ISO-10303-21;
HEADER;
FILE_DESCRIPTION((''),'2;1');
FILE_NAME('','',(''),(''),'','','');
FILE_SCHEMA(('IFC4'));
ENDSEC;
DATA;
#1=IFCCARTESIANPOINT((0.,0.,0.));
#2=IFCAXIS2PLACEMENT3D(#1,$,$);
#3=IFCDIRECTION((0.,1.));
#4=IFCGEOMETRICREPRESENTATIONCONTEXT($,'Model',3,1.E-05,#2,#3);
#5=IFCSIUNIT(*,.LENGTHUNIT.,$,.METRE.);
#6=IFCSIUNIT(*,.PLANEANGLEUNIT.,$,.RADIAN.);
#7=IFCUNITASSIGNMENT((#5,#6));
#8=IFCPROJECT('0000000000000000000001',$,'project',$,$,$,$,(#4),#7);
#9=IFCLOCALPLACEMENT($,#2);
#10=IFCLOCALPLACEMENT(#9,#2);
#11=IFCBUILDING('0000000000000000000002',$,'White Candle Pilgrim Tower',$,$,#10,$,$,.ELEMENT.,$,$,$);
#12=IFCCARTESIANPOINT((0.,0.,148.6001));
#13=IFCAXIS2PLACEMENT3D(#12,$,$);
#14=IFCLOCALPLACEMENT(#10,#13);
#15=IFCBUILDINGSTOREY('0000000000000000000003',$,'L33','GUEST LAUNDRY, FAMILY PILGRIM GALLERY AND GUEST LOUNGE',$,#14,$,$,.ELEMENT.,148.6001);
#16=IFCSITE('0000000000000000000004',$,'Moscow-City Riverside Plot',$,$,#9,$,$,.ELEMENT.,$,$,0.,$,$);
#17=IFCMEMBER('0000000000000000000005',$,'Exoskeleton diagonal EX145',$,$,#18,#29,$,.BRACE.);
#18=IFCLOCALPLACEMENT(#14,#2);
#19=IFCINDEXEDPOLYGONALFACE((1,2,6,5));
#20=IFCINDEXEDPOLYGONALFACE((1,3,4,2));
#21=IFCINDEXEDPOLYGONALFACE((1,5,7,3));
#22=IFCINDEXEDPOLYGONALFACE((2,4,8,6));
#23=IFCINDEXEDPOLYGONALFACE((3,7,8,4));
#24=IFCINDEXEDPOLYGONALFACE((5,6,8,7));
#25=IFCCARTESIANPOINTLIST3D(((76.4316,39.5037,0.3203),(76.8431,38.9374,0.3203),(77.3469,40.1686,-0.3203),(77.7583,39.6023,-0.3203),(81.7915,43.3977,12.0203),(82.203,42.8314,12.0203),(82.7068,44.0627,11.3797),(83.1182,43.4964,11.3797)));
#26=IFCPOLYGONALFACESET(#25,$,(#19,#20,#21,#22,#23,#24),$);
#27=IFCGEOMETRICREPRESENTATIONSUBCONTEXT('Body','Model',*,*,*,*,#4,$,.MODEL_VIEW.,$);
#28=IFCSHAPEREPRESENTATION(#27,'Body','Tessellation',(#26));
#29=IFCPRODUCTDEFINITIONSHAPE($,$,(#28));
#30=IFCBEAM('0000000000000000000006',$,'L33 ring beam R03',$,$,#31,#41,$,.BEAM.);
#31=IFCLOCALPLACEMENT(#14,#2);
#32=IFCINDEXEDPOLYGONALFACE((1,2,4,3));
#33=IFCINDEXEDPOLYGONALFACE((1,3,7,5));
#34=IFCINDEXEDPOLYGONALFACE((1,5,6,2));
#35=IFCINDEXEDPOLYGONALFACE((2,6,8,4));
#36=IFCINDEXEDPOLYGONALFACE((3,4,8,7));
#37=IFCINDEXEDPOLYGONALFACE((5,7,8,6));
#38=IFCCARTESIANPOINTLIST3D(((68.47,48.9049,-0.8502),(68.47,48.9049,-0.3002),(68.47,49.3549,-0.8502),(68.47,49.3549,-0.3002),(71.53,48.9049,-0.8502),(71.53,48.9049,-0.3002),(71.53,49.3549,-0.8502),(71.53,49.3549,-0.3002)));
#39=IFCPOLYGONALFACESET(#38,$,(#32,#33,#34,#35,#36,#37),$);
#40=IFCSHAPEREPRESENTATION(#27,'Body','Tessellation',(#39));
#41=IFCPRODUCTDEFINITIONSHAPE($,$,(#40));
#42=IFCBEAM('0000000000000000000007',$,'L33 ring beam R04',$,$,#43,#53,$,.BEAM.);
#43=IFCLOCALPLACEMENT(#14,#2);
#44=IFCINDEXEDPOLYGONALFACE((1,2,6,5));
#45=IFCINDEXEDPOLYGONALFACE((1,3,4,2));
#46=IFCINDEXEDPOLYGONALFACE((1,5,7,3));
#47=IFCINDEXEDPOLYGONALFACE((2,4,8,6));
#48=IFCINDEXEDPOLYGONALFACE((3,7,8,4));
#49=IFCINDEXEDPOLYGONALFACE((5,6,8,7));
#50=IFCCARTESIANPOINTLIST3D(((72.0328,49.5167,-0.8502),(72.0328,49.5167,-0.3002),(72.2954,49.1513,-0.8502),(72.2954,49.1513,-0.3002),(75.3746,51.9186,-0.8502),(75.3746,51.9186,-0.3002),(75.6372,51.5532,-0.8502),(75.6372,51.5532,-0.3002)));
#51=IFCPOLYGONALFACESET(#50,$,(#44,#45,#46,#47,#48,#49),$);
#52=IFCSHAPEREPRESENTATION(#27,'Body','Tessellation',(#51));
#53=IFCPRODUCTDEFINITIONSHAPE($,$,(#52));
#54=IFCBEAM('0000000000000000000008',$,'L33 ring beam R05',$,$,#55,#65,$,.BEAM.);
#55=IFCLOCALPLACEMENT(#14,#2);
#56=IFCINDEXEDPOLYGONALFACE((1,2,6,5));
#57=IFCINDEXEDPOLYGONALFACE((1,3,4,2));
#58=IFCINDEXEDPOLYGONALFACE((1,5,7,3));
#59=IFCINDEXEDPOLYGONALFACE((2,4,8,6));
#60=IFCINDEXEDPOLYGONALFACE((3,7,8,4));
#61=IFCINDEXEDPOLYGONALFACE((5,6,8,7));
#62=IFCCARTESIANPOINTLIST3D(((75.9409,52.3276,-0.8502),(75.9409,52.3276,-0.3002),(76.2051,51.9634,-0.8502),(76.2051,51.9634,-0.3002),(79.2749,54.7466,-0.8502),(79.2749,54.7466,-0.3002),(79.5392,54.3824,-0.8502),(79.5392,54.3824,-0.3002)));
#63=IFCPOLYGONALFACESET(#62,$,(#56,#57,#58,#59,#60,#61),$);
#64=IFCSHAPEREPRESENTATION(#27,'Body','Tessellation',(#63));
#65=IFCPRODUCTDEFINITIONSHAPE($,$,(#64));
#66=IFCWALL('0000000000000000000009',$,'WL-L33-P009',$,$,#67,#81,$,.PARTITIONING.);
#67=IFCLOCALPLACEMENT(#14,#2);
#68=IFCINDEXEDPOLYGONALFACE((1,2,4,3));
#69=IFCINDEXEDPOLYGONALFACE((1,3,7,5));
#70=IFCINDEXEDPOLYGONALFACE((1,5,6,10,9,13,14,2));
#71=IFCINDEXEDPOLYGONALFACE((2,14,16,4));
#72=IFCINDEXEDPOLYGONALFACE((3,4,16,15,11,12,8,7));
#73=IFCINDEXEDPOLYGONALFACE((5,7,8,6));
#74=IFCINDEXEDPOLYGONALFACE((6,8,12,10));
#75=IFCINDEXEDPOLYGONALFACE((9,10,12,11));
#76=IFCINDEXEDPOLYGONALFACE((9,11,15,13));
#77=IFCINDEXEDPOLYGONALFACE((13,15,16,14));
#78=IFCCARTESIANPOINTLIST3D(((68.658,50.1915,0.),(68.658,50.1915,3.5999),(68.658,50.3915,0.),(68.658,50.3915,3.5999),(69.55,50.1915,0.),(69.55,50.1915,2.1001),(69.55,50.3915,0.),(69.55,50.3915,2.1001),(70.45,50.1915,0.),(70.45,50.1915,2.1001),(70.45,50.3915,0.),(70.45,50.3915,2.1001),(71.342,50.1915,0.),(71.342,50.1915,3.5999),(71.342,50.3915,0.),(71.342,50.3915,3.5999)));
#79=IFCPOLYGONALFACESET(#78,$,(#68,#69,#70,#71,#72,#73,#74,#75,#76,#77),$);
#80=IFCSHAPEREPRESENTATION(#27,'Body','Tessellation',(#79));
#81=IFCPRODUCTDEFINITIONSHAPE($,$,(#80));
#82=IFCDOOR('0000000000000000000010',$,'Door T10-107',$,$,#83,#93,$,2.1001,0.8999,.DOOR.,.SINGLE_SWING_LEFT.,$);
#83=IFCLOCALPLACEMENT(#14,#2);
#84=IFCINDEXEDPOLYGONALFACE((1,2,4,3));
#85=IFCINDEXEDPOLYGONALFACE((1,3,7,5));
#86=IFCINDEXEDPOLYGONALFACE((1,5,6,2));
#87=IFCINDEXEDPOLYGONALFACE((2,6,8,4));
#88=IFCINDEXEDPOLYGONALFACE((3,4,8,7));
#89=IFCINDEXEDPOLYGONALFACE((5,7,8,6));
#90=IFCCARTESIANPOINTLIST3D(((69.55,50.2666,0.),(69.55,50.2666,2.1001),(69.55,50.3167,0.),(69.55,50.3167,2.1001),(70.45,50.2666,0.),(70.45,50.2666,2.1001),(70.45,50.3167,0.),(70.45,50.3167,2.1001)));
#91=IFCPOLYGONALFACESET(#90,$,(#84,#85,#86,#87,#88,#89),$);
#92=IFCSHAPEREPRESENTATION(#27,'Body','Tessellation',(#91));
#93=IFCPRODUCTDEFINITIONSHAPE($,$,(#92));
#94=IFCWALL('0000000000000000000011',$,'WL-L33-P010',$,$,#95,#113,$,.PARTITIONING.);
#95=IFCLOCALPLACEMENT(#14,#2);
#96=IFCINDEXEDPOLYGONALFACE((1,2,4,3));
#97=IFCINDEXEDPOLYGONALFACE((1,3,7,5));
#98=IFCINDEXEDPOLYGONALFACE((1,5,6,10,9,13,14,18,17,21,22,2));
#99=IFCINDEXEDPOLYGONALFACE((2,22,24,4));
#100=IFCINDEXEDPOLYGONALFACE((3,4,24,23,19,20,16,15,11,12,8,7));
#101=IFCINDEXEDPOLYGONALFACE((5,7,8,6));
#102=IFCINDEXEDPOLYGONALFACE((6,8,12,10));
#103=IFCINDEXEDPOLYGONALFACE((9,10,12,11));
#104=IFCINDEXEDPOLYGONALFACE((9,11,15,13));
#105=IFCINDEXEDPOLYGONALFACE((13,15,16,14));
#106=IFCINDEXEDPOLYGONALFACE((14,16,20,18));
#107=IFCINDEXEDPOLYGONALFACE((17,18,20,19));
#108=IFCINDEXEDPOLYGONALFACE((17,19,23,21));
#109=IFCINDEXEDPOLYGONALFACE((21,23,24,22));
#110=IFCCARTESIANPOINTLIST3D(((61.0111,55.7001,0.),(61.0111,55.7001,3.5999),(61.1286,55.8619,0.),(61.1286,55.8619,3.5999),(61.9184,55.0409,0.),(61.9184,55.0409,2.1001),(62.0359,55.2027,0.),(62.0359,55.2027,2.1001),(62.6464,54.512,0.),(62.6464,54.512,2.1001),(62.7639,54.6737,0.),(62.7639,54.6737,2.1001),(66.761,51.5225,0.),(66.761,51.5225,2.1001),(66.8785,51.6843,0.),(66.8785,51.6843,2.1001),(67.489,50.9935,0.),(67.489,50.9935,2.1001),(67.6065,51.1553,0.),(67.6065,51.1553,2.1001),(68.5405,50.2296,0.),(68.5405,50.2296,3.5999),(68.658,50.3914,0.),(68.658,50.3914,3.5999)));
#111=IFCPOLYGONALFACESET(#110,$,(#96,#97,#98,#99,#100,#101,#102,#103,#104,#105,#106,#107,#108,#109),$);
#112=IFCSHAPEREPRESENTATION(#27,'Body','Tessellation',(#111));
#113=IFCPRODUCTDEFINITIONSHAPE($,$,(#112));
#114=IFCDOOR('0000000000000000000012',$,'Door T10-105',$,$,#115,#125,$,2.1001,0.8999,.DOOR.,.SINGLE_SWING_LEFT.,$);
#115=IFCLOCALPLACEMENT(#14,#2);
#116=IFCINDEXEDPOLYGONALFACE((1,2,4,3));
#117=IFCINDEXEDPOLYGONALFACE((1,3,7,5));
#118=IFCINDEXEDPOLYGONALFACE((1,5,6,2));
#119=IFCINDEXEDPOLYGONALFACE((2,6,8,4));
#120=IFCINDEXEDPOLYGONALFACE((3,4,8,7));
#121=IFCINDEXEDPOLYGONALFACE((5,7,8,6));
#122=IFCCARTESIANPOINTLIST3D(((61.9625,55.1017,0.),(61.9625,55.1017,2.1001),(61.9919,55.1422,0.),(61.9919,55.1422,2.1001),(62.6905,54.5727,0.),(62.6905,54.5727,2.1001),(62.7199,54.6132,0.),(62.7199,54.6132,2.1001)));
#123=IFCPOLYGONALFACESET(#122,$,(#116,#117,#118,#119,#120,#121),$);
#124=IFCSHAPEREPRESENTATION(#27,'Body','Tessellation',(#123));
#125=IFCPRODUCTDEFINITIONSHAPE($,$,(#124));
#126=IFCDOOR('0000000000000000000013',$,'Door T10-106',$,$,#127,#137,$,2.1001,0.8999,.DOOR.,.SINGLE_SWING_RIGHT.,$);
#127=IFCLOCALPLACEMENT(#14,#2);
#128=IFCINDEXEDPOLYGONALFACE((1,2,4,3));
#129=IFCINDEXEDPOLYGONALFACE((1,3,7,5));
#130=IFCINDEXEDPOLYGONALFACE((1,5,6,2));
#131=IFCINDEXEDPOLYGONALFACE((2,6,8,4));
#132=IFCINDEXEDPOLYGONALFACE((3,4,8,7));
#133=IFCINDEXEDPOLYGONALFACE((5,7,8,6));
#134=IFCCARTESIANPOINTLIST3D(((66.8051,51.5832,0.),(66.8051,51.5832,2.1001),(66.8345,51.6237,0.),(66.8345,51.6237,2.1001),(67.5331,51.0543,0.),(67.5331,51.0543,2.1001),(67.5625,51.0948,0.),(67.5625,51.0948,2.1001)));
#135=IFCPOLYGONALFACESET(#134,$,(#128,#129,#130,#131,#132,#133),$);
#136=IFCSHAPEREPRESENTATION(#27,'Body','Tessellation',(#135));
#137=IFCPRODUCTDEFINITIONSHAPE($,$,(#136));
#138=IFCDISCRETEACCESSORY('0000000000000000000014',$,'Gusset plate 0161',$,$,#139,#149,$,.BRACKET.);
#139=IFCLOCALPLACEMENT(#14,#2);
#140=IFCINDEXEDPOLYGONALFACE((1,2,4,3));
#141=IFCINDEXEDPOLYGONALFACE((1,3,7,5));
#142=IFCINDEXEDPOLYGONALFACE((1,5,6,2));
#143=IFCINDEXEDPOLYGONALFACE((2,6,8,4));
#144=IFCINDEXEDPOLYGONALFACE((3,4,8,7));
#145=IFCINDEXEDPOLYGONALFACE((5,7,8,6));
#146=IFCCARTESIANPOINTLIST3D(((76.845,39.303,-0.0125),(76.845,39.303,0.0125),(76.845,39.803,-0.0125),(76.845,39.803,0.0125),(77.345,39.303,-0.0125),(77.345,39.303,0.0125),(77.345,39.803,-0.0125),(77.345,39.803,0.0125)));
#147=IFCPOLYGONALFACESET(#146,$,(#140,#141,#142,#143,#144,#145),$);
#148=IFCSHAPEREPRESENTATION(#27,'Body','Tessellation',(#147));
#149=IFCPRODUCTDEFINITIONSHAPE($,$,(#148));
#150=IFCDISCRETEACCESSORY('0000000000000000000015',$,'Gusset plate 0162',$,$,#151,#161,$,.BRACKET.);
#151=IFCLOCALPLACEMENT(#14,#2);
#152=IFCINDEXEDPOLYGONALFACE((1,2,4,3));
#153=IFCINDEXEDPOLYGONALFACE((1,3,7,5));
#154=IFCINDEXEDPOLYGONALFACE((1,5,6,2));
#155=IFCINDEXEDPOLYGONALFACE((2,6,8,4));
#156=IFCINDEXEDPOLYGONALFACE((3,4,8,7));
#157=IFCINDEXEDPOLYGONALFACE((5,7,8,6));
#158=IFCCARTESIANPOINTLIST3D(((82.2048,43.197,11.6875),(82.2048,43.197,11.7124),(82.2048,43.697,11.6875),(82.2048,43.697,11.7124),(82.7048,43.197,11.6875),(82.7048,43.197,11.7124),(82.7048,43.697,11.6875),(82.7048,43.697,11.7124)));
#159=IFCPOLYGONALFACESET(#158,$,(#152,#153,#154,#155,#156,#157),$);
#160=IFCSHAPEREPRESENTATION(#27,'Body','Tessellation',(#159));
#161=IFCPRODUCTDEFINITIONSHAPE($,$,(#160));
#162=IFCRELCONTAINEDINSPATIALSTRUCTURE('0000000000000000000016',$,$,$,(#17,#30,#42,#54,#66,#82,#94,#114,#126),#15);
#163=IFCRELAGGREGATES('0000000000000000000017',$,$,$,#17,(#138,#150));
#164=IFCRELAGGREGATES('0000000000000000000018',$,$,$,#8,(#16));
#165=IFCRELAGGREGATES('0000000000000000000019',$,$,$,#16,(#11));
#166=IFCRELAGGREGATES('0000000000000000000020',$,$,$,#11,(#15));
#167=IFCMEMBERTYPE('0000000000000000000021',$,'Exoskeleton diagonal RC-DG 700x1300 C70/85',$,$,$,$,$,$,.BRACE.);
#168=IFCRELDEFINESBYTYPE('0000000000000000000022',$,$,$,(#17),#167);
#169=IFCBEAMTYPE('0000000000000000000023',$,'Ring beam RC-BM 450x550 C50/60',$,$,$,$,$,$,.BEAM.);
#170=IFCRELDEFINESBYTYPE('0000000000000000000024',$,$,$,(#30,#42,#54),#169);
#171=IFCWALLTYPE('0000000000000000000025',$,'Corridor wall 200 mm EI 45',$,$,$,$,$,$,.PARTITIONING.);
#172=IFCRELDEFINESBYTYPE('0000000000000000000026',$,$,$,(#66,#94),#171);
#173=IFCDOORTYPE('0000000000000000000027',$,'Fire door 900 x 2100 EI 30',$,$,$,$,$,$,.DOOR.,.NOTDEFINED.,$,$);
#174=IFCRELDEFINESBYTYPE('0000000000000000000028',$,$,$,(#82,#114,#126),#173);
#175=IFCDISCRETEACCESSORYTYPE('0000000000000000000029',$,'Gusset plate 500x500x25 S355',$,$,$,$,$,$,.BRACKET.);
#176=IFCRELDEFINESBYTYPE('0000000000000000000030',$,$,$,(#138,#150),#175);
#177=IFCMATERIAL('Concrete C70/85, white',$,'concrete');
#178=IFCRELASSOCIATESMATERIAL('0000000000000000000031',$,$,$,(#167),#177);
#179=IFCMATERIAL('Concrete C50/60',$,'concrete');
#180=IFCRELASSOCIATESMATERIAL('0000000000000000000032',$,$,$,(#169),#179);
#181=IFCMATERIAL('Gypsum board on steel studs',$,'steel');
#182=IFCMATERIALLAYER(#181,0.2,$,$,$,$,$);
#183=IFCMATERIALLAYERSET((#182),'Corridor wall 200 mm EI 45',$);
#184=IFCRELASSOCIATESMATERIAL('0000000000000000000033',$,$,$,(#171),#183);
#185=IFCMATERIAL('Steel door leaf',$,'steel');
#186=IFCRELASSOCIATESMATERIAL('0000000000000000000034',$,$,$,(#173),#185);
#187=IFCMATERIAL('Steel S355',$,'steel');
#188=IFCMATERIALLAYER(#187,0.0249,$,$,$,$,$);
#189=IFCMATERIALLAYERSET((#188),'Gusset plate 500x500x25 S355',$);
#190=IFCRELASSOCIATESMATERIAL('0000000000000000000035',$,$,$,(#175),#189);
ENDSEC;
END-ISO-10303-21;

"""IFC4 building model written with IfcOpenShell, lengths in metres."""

from ifc_helpers import new_model, si_unit, direction, frame, frame_2d, origin, origin_2d, place, context, subcontext, project, spatial, rectangle, extrude, material, layer, layer_set, material_profile, profile_set, type_object, element, fill, aggregate, save


model = new_model("IFC4")

# Units and contexts
model_context = context("Model", 3, precision=1e-05, world=origin(), true_north=direction((0.0, 1.0)))
body_context = subcontext(model_context, "Body", "Model", "MODEL_VIEW")
ifc_project = project(units=[si_unit("LENGTHUNIT", "METRE"), si_unit("PLANEANGLEUNIT", "RADIAN")], contexts=[model_context])

# Site, building, storey
site_placement = place(None, origin())
site = spatial("IfcSite", under=ifc_project, at=site_placement, Name="Moscow-City Riverside Plot", CompositionType="ELEMENT", RefElevation=0.0)
building_placement = place(site_placement, origin())
building = spatial("IfcBuilding", under=site, at=building_placement, Name="White Candle Pilgrim Tower", CompositionType="ELEMENT")
storey_placement = place(building_placement, frame((0.0, 0.0, 148.6001)))
storey = spatial("IfcBuildingStorey", under=building, at=storey_placement, Name="L33", Description="GUEST LAUNDRY, FAMILY PILGRIM GALLERY AND GUEST LOUNGE", CompositionType="ELEMENT", Elevation=148.6001)

# Member
ifc_material_1 = material(Name="Concrete C70/85, white", Category="concrete")
ifc_material_profile_1 = material_profile(ifc_material_1, rectangle(XDim=0.7, YDim=1.3, at=origin_2d()), Name="RC-DG 700x1300")
ifc_profile_set_1 = profile_set([ifc_material_profile_1], Name="Concrete C70/85, white")
member_type = type_object("IfcMemberType", Name="Exoskeleton diagonal RC-DG 700x1300 C70/85", PredefinedType="BRACE", material=ifc_profile_set_1)
member_placement = place(storey_placement, frame((77.095, 39.553, 0.0), z_axis=(0.398637, 0.289618, 0.870178), x_axis=(-0.587773, 0.809026, 0.0)))
member = element("IfcMember", 1, at=member_placement, inside=storey, type_object=member_type, Name="Exoskeleton diagonal EX145", PredefinedType="BRACE", context=body_context, shape_type="SweptSolid", body=[
    extrude(rectangle(XDim=0.7, YDim=1.3, at=origin_2d()), origin(), (0.0, 0.0, 1.0), 13.4456),
])

# Beams
ifc_material_2 = material(Name="Concrete C50/60", Category="concrete")
ifc_material_profile_2 = material_profile(ifc_material_2, rectangle(XDim=0.45, YDim=0.55, at=origin_2d()), Name="RC-BM 450x550")
ifc_profile_set_2 = profile_set([ifc_material_profile_2], Name="Concrete C50/60")
beam_type = type_object("IfcBeamType", Name="Ring beam RC-BM 450x550 C50/60", PredefinedType="BEAM", material=ifc_profile_set_2)
beam_1_placement = place(storey_placement, frame((68.47, 49.1299, -0.5752), z_axis=(1.0, 0.0, 0.0), x_axis=(0.0, 1.0, 0.0)))
element("IfcBeam", 2, at=beam_1_placement, inside=storey, type_object=beam_type, Name="L33 ring beam R03", PredefinedType="BEAM", context=body_context, shape_type="SweptSolid", body=[
    extrude(rectangle(XDim=0.45, YDim=0.55, at=origin_2d()), origin(), (0.0, 0.0, 1.0), 3.0601),
])
beam_2_placement = place(storey_placement, frame((72.1641, 49.334, -0.5752), z_axis=(0.812022, 0.583626, 0.0), x_axis=(-0.583626, 0.812022, 0.0)))
element("IfcBeam", 3, at=beam_2_placement, inside=storey, type_object=beam_type, Name="L33 ring beam R04", PredefinedType="BEAM", context=body_context, shape_type="SweptSolid", body=[
    extrude(rectangle(XDim=0.45, YDim=0.55, at=origin_2d()), origin(), (0.0, 0.0, 1.0), 4.1155),
])
beam_3_placement = place(storey_placement, frame((76.073, 52.1455, -0.5752), z_axis=(0.809402, 0.587255, 0.0), x_axis=(-0.587255, 0.809402, 0.0)))
element("IfcBeam", 4, at=beam_3_placement, inside=storey, type_object=beam_type, Name="L33 ring beam R05", PredefinedType="BEAM", context=body_context, shape_type="SweptSolid", body=[
    extrude(rectangle(XDim=0.45, YDim=0.55, at=origin_2d()), origin(), (0.0, 0.0, 1.0), 4.1191),
])

# Wall, opening, door
ifc_material_3 = material(Name="Gypsum board on steel studs", Category="steel")
ifc_layer_1 = layer(ifc_material_3, 0.2)
ifc_layer_set_1 = layer_set([ifc_layer_1], Name="Corridor wall 200 mm EI 45")
wall_type_1 = type_object("IfcWallType", Name="Corridor wall 200 mm EI 45", PredefinedType="PARTITIONING", material=ifc_layer_set_1)
wall_1_placement = place(storey_placement, frame((71.342, 50.2915, 0.0), z_axis=(0.0, 0.0, 1.0), x_axis=(-1.0, 0.0, 0.0)))
wall_1 = element("IfcWall", 5, at=wall_1_placement, inside=storey, type_object=wall_type_1, Name="WL-L33-P009", PredefinedType="PARTITIONING", context=body_context, shape_type="SweptSolid", body=[
    extrude(rectangle(XDim=2.6841, YDim=0.2, at=frame_2d((1.342, 0.0))), origin(), (0.0, 0.0, 1.0), 3.5999),
])
opening_1_placement = place(wall_1_placement, frame((0.8921, 0.0, 0.0)))
opening_1 = element("IfcOpeningElement", 6, at=opening_1_placement, cuts=wall_1, PredefinedType="OPENING", context=body_context, shape_type="SweptSolid", body=[
    extrude(rectangle(XDim=0.8999, YDim=2.1001, at=frame_2d((0.45, 1.05))), frame((0.0, 0.1099, 0.0), z_axis=(0.0, -1.0, 0.0), x_axis=(1.0, 0.0, 0.0)), (0.0, 0.0, 1.0), 0.22),
])
ifc_material_4 = material(Name="Steel door leaf", Category="steel")
door_type = type_object("IfcDoorType", Name="Fire door 900 x 2100 EI 30", OperationType="NOTDEFINED", PredefinedType="DOOR", material=ifc_material_4)
door_1_placement = place(opening_1_placement, origin())
door_1 = element("IfcDoor", 7, at=door_1_placement, inside=storey, type_object=door_type, Name="Door T10-107", OperationType="SINGLE_SWING_LEFT", OverallHeight=2.1001, OverallWidth=0.8999, PredefinedType="DOOR", context=body_context, shape_type="SweptSolid", body=[
    extrude(rectangle(XDim=0.8999, YDim=2.1001, at=frame_2d((0.45, 1.05))), frame((0.0, 0.0249, 0.0), z_axis=(0.0, -1.0, 0.0), x_axis=(1.0, 0.0, 0.0)), (0.0, 0.0, 1.0), 0.05),
])
fill(opening_1, door_1)

# Wall, openings, doors
wall_2_placement = place(storey_placement, frame((68.5991, 50.3105, 0.0), z_axis=(0.0, 0.0, 1.0), x_axis=(-0.809012, 0.587793, 0.0)))
wall_2 = element("IfcWall", 8, at=wall_2_placement, inside=storey, type_object=wall_type_1, Name="WL-L33-P010", PredefinedType="PARTITIONING", context=body_context, shape_type="SweptSolid", body=[
    extrude(rectangle(XDim=9.3069, YDim=0.2, at=frame_2d((4.6533, 0.0))), origin(), (0.0, 0.0, 1.0), 3.5999),
])
opening_2_placement = place(wall_2_placement, frame((7.2854, 0.0, 0.0)))
opening_2 = element("IfcOpeningElement", 9, at=opening_2_placement, cuts=wall_2, PredefinedType="OPENING", context=body_context, shape_type="SweptSolid", body=[
    extrude(rectangle(XDim=0.8999, YDim=2.1001, at=frame_2d((0.45, 1.05))), frame((0.0, 0.1099, 0.0), z_axis=(0.0, -1.0, 0.0), x_axis=(1.0, 0.0, 0.0)), (0.0, 0.0, 1.0), 0.22),
])
opening_3_placement = place(wall_2_placement, frame((1.2996, 0.0, 0.0)))
opening_3 = element("IfcOpeningElement", 10, at=opening_3_placement, cuts=wall_2, PredefinedType="OPENING", context=body_context, shape_type="SweptSolid", body=[
    extrude(rectangle(XDim=0.8999, YDim=2.1001, at=frame_2d((0.45, 1.05))), frame((0.0, 0.1099, 0.0), z_axis=(0.0, -1.0, 0.0), x_axis=(1.0, 0.0, 0.0)), (0.0, 0.0, 1.0), 0.22),
])
door_2_placement = place(opening_2_placement, origin())
door_2 = element("IfcDoor", 11, at=door_2_placement, inside=storey, type_object=door_type, Name="Door T10-105", OperationType="SINGLE_SWING_LEFT", OverallHeight=2.1001, OverallWidth=0.8999, PredefinedType="DOOR", context=body_context, shape_type="SweptSolid", body=[
    extrude(rectangle(XDim=0.8999, YDim=2.1001, at=frame_2d((0.45, 1.05))), frame((0.0, 0.0249, 0.0), z_axis=(0.0, -1.0, 0.0), x_axis=(1.0, 0.0, 0.0)), (0.0, 0.0, 1.0), 0.05),
])
fill(opening_2, door_2)
door_3_placement = place(opening_3_placement, origin())
door_3 = element("IfcDoor", 12, at=door_3_placement, inside=storey, type_object=door_type, Name="Door T10-106", OperationType="SINGLE_SWING_RIGHT", OverallHeight=2.1001, OverallWidth=0.8999, PredefinedType="DOOR", context=body_context, shape_type="SweptSolid", body=[
    extrude(rectangle(XDim=0.8999, YDim=2.1001, at=frame_2d((0.45, 1.05))), frame((0.0, 0.0249, 0.0), z_axis=(0.0, -1.0, 0.0), x_axis=(1.0, 0.0, 0.0)), (0.0, 0.0, 1.0), 0.05),
])
fill(opening_3, door_3)

# Discrete accessories
ifc_material_5 = material(Name="Steel S355", Category="steel")
ifc_layer_2 = layer(ifc_material_5, 0.0249)
ifc_layer_set_2 = layer_set([ifc_layer_2], Name="Gusset plate 500x500x25 S355")
discrete_accessory_type = type_object("IfcDiscreteAccessoryType", Name="Gusset plate 500x500x25 S355", PredefinedType="BRACKET", material=ifc_layer_set_2)
discrete_accessory_1_placement = place(storey_placement, frame((77.095, 39.553, -0.0125), z_axis=(0.0, 0.0, 1.0), x_axis=(1.0, 0.0, 0.0)))
discrete_accessory_1 = element("IfcDiscreteAccessory", 13, at=discrete_accessory_1_placement, type_object=discrete_accessory_type, Name="Gusset plate 0161", PredefinedType="BRACKET", context=body_context, shape_type="SweptSolid", body=[
    extrude(rectangle(XDim=0.5, YDim=0.5, at=origin_2d()), origin(), (0.0, 0.0, 1.0), 0.0249),
])
placement = place(building_placement, frame((0.0, 0.0, 160.3)))
discrete_accessory_2_placement = place(placement, frame((82.4548, 43.447, -0.0125), z_axis=(0.0, 0.0, 1.0), x_axis=(1.0, 0.0, 0.0)))
discrete_accessory_2 = element("IfcDiscreteAccessory", 14, at=discrete_accessory_2_placement, type_object=discrete_accessory_type, Name="Gusset plate 0162", PredefinedType="BRACKET", context=body_context, shape_type="SweptSolid", body=[
    extrude(rectangle(XDim=0.5, YDim=0.5, at=origin_2d()), origin(), (0.0, 0.0, 1.0), 0.0249),
])
aggregate(member, [discrete_accessory_1, discrete_accessory_2])

save(model, "model.ifc")
